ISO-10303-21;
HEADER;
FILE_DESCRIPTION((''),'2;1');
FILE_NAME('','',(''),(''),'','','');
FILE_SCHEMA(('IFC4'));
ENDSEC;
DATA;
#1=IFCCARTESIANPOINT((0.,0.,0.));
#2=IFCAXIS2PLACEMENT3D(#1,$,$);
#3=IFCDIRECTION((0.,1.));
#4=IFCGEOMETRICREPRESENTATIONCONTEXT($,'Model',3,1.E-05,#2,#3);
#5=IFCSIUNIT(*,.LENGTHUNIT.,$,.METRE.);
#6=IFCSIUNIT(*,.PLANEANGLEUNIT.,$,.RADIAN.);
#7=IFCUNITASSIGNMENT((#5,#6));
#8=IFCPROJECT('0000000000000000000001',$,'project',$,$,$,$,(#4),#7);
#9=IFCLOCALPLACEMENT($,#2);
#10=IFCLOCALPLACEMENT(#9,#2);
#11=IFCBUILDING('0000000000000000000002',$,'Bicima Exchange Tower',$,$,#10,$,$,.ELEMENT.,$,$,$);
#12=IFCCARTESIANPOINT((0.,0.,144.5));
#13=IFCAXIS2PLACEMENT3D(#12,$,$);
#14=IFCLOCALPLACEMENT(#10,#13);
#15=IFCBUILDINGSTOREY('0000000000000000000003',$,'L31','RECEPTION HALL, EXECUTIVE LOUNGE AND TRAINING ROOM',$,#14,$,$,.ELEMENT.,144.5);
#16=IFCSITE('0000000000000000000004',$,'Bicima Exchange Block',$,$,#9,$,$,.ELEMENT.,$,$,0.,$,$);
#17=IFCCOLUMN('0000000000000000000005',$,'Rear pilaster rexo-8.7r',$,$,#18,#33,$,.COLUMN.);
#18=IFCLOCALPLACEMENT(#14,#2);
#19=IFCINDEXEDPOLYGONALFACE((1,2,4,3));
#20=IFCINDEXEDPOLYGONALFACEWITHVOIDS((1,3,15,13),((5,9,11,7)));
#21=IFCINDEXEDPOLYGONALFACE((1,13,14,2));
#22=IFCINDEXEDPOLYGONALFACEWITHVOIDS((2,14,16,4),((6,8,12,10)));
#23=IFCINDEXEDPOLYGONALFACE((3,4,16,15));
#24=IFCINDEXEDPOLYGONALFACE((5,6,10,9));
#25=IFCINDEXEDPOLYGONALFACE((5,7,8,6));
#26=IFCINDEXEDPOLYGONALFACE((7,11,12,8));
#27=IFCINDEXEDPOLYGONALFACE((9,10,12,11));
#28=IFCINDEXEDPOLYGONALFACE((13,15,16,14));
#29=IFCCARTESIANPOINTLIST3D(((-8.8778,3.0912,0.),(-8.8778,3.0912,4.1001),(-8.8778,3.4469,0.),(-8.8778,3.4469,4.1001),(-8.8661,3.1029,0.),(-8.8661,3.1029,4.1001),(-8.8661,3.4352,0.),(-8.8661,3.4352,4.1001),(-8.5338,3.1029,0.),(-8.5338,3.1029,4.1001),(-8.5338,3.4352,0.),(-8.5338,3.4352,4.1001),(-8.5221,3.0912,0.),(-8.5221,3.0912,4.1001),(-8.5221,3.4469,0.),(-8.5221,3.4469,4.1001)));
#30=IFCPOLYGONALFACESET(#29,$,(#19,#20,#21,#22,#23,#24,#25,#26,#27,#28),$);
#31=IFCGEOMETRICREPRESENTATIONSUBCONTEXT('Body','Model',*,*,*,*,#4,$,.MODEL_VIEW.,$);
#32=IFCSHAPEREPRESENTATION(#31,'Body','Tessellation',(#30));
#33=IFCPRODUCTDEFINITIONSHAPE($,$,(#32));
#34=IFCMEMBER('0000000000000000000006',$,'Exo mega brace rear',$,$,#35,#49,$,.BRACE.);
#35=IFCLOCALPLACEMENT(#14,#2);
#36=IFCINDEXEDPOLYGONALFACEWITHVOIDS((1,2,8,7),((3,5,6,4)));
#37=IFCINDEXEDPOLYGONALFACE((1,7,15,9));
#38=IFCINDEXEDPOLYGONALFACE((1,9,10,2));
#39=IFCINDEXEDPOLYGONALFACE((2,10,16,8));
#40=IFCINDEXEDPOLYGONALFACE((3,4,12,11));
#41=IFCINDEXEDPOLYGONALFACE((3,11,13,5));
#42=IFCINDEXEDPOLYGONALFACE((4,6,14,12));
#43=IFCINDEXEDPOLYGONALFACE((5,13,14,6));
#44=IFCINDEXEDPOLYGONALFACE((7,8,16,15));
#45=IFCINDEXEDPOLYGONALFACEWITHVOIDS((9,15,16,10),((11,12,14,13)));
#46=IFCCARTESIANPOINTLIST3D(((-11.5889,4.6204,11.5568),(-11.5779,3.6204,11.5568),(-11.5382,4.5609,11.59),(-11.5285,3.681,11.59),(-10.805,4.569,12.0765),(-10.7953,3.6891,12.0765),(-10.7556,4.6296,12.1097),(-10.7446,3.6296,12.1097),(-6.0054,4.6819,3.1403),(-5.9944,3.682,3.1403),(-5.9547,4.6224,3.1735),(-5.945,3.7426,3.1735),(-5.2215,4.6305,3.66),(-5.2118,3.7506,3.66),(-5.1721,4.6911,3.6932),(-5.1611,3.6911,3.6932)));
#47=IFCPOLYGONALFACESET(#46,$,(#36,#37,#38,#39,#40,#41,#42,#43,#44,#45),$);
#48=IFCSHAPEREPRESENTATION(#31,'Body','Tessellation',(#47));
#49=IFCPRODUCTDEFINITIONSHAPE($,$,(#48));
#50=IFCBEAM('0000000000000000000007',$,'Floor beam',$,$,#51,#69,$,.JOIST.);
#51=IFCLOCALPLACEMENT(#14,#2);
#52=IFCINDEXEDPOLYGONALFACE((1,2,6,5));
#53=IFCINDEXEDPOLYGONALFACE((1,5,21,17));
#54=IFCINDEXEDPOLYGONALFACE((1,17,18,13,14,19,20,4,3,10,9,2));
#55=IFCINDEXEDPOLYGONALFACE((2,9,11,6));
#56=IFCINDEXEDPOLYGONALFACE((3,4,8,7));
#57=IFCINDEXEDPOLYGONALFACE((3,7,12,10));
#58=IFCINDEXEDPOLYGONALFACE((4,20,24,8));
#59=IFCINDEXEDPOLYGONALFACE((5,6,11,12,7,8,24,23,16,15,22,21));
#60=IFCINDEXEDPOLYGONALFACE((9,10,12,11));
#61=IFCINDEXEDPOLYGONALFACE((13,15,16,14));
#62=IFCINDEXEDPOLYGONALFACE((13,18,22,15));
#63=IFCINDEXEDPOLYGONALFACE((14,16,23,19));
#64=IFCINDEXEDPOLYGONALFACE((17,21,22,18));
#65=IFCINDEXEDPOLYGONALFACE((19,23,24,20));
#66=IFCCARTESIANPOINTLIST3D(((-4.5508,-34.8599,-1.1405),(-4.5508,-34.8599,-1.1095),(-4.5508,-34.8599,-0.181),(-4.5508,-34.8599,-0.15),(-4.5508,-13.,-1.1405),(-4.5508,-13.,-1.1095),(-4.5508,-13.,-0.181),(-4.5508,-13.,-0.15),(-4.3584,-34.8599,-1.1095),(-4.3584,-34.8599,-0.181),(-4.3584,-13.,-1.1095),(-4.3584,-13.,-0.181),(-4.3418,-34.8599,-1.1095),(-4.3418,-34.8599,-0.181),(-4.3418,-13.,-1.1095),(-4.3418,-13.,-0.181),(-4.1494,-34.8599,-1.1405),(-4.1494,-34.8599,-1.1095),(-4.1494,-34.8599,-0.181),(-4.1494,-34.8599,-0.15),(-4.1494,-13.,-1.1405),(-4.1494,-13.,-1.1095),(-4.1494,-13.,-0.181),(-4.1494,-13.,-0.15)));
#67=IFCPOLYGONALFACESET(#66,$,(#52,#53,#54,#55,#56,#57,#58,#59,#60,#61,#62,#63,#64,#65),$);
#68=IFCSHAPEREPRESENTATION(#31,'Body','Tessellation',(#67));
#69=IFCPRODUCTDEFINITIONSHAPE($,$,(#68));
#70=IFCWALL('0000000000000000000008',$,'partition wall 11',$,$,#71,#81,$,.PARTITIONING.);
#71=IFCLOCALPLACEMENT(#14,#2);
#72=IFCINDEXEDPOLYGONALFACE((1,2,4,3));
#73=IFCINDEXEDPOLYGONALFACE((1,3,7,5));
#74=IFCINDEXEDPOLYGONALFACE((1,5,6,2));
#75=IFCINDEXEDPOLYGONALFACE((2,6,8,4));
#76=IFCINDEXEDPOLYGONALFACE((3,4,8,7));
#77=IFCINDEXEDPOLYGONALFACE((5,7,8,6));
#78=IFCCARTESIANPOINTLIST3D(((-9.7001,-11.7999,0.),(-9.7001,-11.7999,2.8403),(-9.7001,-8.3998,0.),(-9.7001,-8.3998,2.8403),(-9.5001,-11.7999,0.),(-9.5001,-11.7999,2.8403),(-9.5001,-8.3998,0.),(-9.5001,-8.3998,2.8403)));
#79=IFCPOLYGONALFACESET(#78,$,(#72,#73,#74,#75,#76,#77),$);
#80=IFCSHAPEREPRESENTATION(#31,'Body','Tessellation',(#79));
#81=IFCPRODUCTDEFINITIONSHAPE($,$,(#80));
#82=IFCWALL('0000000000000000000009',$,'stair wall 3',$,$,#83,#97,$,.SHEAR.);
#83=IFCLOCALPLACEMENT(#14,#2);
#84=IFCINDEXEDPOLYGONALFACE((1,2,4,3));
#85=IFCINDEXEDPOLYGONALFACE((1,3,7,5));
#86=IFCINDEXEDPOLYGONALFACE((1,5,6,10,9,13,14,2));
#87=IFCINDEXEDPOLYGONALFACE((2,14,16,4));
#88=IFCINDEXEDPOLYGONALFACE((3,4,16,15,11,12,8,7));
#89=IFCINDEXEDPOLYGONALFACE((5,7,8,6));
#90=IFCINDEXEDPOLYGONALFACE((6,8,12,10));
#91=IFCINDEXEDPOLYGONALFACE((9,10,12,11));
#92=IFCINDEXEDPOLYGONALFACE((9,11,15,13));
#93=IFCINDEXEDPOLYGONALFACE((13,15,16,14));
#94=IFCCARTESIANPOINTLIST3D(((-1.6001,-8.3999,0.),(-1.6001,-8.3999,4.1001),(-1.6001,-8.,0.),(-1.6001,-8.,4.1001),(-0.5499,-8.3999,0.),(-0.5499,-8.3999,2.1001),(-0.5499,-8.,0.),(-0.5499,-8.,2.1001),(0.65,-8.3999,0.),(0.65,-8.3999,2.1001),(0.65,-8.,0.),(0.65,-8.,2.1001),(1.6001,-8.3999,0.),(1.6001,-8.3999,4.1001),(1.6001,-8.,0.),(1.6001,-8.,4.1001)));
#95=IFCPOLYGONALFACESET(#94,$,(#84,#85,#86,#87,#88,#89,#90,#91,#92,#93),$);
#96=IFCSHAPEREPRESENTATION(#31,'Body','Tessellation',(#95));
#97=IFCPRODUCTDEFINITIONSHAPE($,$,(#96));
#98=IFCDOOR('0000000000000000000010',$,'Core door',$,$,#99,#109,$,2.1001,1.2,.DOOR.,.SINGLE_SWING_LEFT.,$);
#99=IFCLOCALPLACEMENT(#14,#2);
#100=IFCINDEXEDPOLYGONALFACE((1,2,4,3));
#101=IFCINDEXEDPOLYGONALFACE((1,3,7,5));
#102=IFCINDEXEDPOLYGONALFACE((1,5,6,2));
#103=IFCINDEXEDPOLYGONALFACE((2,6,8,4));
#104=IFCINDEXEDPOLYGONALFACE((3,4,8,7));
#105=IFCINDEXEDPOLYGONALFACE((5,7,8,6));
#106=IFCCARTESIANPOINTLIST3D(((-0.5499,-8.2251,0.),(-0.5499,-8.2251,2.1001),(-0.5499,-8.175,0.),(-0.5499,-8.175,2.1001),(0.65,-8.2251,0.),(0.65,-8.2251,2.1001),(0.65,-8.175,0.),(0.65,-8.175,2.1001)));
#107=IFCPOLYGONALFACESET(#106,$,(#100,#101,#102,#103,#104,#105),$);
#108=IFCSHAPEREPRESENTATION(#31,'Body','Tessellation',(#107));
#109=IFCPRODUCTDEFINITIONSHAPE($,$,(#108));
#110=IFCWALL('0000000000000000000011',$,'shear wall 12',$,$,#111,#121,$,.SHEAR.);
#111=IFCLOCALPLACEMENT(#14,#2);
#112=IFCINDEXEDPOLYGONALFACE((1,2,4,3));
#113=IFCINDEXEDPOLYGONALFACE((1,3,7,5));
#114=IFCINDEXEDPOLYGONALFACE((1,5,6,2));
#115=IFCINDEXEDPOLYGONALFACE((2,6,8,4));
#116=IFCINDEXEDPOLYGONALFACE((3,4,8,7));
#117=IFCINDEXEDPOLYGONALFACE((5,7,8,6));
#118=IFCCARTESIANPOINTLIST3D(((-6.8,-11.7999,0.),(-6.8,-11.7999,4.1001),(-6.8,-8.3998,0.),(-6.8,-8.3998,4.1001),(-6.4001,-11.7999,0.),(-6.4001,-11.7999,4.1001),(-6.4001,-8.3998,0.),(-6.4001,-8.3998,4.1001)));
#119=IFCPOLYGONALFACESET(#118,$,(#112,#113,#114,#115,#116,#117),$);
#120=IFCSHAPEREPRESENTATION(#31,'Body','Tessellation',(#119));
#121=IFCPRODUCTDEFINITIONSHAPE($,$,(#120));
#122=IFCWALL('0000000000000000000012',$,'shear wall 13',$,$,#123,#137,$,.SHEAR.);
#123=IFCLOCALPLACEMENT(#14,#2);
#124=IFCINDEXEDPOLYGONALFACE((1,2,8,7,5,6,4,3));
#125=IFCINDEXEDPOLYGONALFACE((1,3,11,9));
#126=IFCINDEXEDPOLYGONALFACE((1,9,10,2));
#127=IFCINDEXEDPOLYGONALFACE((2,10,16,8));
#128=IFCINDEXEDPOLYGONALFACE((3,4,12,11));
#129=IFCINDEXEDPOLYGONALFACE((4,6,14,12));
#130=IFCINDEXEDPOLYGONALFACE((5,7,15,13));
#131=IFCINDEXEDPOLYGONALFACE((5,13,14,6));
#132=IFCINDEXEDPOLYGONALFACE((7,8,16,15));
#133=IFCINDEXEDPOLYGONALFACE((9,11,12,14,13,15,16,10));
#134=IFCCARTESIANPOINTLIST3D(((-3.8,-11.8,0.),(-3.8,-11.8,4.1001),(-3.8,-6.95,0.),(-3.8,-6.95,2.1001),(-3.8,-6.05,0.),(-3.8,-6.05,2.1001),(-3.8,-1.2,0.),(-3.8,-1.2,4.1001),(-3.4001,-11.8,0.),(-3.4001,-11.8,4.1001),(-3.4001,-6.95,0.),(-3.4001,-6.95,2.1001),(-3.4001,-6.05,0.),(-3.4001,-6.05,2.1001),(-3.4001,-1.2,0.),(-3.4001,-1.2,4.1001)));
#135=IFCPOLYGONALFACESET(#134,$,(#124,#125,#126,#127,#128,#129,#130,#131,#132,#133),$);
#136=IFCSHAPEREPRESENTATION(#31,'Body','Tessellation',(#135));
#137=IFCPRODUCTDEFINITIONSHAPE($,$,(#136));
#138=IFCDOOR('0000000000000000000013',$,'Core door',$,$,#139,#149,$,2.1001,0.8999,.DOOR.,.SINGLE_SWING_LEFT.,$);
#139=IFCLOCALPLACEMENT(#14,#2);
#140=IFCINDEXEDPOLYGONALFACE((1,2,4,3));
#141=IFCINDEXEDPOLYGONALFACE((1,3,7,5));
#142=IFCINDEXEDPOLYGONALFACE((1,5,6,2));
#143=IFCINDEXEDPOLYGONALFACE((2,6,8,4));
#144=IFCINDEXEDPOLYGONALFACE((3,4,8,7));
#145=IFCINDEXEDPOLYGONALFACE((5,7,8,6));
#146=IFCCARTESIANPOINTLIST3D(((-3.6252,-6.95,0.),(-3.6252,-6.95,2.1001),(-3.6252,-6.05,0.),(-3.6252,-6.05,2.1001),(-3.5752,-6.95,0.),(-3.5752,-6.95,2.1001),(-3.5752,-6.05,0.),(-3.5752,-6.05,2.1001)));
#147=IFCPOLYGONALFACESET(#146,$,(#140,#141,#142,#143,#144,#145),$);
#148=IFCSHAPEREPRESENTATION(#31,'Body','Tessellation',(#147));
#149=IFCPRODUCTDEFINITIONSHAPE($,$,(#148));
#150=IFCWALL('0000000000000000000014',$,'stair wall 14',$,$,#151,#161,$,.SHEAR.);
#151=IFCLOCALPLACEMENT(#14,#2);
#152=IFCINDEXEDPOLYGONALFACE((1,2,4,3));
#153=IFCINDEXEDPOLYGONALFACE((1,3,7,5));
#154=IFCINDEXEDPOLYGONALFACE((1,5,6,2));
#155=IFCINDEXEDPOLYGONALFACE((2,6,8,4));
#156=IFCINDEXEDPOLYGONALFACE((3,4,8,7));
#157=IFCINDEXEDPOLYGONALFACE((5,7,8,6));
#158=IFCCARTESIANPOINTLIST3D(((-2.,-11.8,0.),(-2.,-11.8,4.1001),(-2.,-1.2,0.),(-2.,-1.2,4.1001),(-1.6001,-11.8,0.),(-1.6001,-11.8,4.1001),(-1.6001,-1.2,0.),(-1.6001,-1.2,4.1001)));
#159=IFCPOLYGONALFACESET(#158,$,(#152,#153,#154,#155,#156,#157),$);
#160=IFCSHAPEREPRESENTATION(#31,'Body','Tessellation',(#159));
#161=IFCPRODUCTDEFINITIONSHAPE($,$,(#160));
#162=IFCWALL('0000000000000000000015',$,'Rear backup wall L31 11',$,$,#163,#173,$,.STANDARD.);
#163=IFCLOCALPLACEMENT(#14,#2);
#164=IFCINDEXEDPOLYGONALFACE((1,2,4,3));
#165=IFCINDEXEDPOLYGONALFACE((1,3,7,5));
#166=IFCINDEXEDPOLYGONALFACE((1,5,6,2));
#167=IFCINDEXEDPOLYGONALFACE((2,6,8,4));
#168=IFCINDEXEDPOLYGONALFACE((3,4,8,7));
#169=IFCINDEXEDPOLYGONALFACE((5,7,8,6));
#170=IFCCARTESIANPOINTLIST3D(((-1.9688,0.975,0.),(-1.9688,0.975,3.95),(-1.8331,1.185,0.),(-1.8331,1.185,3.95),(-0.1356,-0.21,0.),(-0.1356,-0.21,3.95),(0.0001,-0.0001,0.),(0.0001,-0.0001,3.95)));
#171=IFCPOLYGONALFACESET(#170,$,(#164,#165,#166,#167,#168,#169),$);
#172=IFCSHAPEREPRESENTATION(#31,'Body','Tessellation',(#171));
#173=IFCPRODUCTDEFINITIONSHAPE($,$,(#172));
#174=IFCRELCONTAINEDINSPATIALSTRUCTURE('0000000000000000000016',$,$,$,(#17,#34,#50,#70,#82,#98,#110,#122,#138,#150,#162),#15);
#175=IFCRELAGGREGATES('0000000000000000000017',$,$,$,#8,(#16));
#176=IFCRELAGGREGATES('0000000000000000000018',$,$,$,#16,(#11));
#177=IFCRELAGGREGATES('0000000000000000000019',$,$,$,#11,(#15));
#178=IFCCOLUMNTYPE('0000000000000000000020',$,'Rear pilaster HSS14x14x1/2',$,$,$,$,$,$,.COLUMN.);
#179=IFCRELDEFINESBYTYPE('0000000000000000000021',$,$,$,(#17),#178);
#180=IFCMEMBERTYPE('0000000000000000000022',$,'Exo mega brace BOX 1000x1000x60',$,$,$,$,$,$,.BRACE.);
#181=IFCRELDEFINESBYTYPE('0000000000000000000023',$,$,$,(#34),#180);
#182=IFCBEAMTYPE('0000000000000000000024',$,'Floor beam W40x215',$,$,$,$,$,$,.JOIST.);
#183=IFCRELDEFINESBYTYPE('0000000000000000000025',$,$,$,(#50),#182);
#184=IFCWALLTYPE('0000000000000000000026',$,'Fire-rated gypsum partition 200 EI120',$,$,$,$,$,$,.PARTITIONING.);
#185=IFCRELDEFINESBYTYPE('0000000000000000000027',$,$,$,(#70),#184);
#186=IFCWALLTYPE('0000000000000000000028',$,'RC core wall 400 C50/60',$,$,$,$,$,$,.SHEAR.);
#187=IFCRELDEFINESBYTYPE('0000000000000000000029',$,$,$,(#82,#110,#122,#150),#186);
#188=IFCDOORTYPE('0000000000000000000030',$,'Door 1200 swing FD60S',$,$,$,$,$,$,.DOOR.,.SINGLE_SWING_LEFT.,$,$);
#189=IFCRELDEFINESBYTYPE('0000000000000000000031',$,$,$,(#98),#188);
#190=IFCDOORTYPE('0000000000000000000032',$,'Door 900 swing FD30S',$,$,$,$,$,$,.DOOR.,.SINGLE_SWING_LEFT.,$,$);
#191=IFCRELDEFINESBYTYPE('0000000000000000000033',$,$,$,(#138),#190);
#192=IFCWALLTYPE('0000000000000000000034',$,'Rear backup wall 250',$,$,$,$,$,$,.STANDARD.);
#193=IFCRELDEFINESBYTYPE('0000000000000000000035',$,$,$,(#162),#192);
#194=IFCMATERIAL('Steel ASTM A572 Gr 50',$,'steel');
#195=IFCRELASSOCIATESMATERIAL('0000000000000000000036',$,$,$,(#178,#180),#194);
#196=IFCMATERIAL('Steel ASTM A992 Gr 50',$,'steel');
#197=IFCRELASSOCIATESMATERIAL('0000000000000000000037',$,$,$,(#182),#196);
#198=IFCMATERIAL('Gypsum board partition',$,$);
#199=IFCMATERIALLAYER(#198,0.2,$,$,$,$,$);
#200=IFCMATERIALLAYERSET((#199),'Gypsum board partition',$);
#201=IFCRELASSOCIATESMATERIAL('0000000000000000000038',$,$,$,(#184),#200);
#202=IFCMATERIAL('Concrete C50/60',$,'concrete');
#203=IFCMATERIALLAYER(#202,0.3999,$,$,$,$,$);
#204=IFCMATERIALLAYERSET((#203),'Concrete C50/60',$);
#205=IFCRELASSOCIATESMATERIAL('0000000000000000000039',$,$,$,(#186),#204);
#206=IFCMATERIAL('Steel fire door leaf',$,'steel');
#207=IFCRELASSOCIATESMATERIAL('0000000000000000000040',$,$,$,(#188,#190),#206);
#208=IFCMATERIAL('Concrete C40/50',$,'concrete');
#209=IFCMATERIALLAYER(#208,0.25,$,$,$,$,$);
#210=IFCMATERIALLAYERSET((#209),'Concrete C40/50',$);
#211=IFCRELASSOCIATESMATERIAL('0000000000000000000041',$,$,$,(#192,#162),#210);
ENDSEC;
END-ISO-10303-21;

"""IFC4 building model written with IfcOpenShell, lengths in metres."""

from ifc_helpers import new_model, si_unit, direction, frame, frame_2d, origin, origin_2d, place, context, subcontext, project, spatial, rectangle, hollow_rectangle, i_section, extrude, material, layer, layer_set, layer_usage, material_profile, profile_set, type_object, element, fill, save


model = new_model("IFC4")

# Units and contexts
model_context = context("Model", 3, precision=1e-05, world=origin(), true_north=direction((0.0, 1.0)))
body_context = subcontext(model_context, "Body", "Model", "MODEL_VIEW")
ifc_project = project(units=[si_unit("LENGTHUNIT", "METRE"), si_unit("PLANEANGLEUNIT", "RADIAN")], contexts=[model_context])

# Site, building, storey
site_placement = place(None, origin())
site = spatial("IfcSite", under=ifc_project, at=site_placement, Name="Bicima Exchange Block", CompositionType="ELEMENT", RefElevation=0.0)
building_placement = place(site_placement, origin())
building = spatial("IfcBuilding", under=site, at=building_placement, Name="Bicima Exchange Tower", CompositionType="ELEMENT")
storey_placement = place(building_placement, frame((0.0, 0.0, 144.5)))
storey = spatial("IfcBuildingStorey", under=building, at=storey_placement, Name="L31", Description="RECEPTION HALL, EXECUTIVE LOUNGE AND TRAINING ROOM", CompositionType="ELEMENT", Elevation=144.5)

# Column
ifc_material_1 = material(Name="Steel ASTM A572 Gr 50", Category="steel")
ifc_material_profile_1 = material_profile(ifc_material_1, hollow_rectangle(XDim=0.3557, YDim=0.3557, WallThickness=0.0117, at=origin_2d()))
ifc_profile_set_1 = profile_set([ifc_material_profile_1], Name="Steel ASTM A572 Gr 50")
column_type = type_object("IfcColumnType", Name="Rear pilaster HSS14x14x1/2", PredefinedType="COLUMN", material=ifc_profile_set_1)
column_placement = place(storey_placement, frame((-8.7, 3.269, 0.0), z_axis=(0.0, 0.0, 1.0), x_axis=(1.0, 0.0, 0.0)))
element("IfcColumn", 1, at=column_placement, inside=storey, type_object=column_type, Name="Rear pilaster rexo-8.7r", PredefinedType="COLUMN", context=body_context, shape_type="SweptSolid", body=[
    extrude(hollow_rectangle(XDim=0.3557, YDim=0.3557, WallThickness=0.0117, at=origin_2d()), origin(), (0.0, 0.0, 1.0), 4.1001),
])

# Member
ifc_material_profile_2 = material_profile(ifc_material_1, hollow_rectangle(XDim=1.0, YDim=1.0, WallThickness=0.0601, at=origin_2d()))
ifc_profile_set_2 = profile_set([ifc_material_profile_2], Name="Steel ASTM A572 Gr 50")
member_type = type_object("IfcMemberType", Name="Exo mega brace BOX 1000x1000x60", PredefinedType="BRACE", material=ifc_profile_set_2)
member_placement = place(storey_placement, frame((-5.5833, 4.1865, 3.4167), z_axis=(-0.552803, -0.006091, 0.83329), x_axis=(0.011018, -0.999939, 0.0)))
element("IfcMember", 2, at=member_placement, inside=storey, type_object=member_type, Name="Exo mega brace rear", PredefinedType="BRACE", context=body_context, shape_type="SweptSolid", body=[
    extrude(hollow_rectangle(XDim=1.0, YDim=1.0, WallThickness=0.0601, at=origin_2d()), origin(), (0.0, 0.0, 1.0), 10.1003),
])

# Beam
ifc_material_2 = material(Name="Steel ASTM A992 Gr 50", Category="steel")
ifc_material_profile_3 = material_profile(ifc_material_2, i_section(OverallWidth=0.4014, OverallDepth=0.9905, WebThickness=0.0166, FlangeThickness=0.031, at=origin_2d()))
ifc_profile_set_3 = profile_set([ifc_material_profile_3], Name="Steel ASTM A992 Gr 50")
beam_type = type_object("IfcBeamType", Name="Floor beam W40x215", PredefinedType="JOIST", material=ifc_profile_set_3)
beam_placement = place(storey_placement, frame((-4.3501, -13.0, -0.6453), z_axis=(0.0, -1.0, 0.0), x_axis=(1.0, 0.0, 0.0)))
element("IfcBeam", 3, at=beam_placement, inside=storey, type_object=beam_type, Name="Floor beam", PredefinedType="JOIST", context=body_context, shape_type="SweptSolid", body=[
    extrude(i_section(OverallWidth=0.4014, OverallDepth=0.9905, WebThickness=0.0166, FlangeThickness=0.031, at=origin_2d()), origin(), (0.0, 0.0, 1.0), 21.8599),
])

# Wall
ifc_material_3 = material(Name="Gypsum board partition")
ifc_layer_1 = layer(ifc_material_3, 0.2)
ifc_layer_set_1 = layer_set([ifc_layer_1], Name="Gypsum board partition")
wall_type_1 = type_object("IfcWallType", Name="Fire-rated gypsum partition 200 EI120", PredefinedType="PARTITIONING", material=ifc_layer_set_1)
wall_1_placement = place(storey_placement, frame((-9.6001, -11.8, 0.0), z_axis=(0.0, 0.0, 1.0), x_axis=(0.0, 1.0, 0.0)))
element("IfcWall", 4, at=wall_1_placement, inside=storey, type_object=wall_type_1, Name="partition wall 11", PredefinedType="PARTITIONING", context=body_context, shape_type="SweptSolid", body=[
    extrude(rectangle(XDim=3.4001, YDim=0.2, at=frame_2d((1.7002, 0.0))), origin(), (0.0, 0.0, 1.0), 2.8403),
])

# Wall, opening, door
ifc_material_4 = material(Name="Concrete C50/60", Category="concrete")
ifc_layer_2 = layer(ifc_material_4, 0.3999)
ifc_layer_set_2 = layer_set([ifc_layer_2], Name="Concrete C50/60")
wall_type_2 = type_object("IfcWallType", Name="RC core wall 400 C50/60", PredefinedType="SHEAR", material=ifc_layer_set_2)
wall_2_placement = place(storey_placement, frame((-1.6001, -8.2, 0.0), z_axis=(0.0, 0.0, 1.0), x_axis=(1.0, 0.0, 0.0)))
wall_2 = element("IfcWall", 5, at=wall_2_placement, inside=storey, type_object=wall_type_2, Name="stair wall 3", PredefinedType="SHEAR", context=body_context, shape_type="SweptSolid", body=[
    extrude(rectangle(XDim=3.2002, YDim=0.3999, at=frame_2d((1.6001, 0.0))), origin(), (0.0, 0.0, 1.0), 4.1001),
])
opening_1_placement = place(wall_2_placement, frame((1.05, 0.0, 0.0)))
opening_1 = element("IfcOpeningElement", 6, at=opening_1_placement, cuts=wall_2, PredefinedType="OPENING", context=body_context, shape_type="SweptSolid", body=[
    extrude(rectangle(XDim=1.2, YDim=2.1001, at=frame_2d((0.6001, 1.05))), frame((0.0, 0.2119, 0.0), z_axis=(0.0, -1.0, 0.0), x_axis=(1.0, 0.0, 0.0)), (0.0, 0.0, 1.0), 0.4238),
])
ifc_material_5 = material(Name="Steel fire door leaf", Category="steel")
door_type_1 = type_object("IfcDoorType", Name="Door 1200 swing FD60S", OperationType="SINGLE_SWING_LEFT", PredefinedType="DOOR", material=ifc_material_5)
door_1_placement = place(opening_1_placement, origin())
door_1 = element("IfcDoor", 7, at=door_1_placement, inside=storey, type_object=door_type_1, Name="Core door", OperationType="SINGLE_SWING_LEFT", OverallHeight=2.1001, OverallWidth=1.2, PredefinedType="DOOR", context=body_context, shape_type="SweptSolid", body=[
    extrude(rectangle(XDim=1.2, YDim=2.1001, at=frame_2d((0.6001, 1.05))), frame((0.0, 0.0249, 0.0), z_axis=(0.0, -1.0, 0.0), x_axis=(1.0, 0.0, 0.0)), (0.0, 0.0, 1.0), 0.05),
])
fill(opening_1, door_1)

# Wall
wall_3_placement = place(storey_placement, frame((-6.6001, -11.8, 0.0), z_axis=(0.0, 0.0, 1.0), x_axis=(0.0, 1.0, 0.0)))
element("IfcWall", 8, at=wall_3_placement, inside=storey, type_object=wall_type_2, Name="shear wall 12", PredefinedType="SHEAR", context=body_context, shape_type="SweptSolid", body=[
    extrude(rectangle(XDim=3.4001, YDim=0.3999, at=frame_2d((1.7002, 0.0))), origin(), (0.0, 0.0, 1.0), 4.1001),
])

# Wall, opening, door
wall_4_placement = place(storey_placement, frame((-3.6001, -11.8, 0.0), z_axis=(0.0, 0.0, 1.0), x_axis=(0.0, 1.0, 0.0)))
wall_4 = element("IfcWall", 9, at=wall_4_placement, inside=storey, type_object=wall_type_2, Name="shear wall 13", PredefinedType="SHEAR", context=body_context, shape_type="SweptSolid", body=[
    extrude(rectangle(XDim=10.6001, YDim=0.3999, at=frame_2d((5.3, 0.0))), origin(), (0.0, 0.0, 1.0), 4.1001),
])
opening_2_placement = place(wall_4_placement, frame((4.8501, 0.0, 0.0)))
opening_2 = element("IfcOpeningElement", 10, at=opening_2_placement, cuts=wall_4, PredefinedType="OPENING", context=body_context, shape_type="SweptSolid", body=[
    extrude(rectangle(XDim=0.8999, YDim=2.1001, at=frame_2d((0.45, 1.05))), frame((0.0, 0.2119, 0.0), z_axis=(0.0, -1.0, 0.0), x_axis=(1.0, 0.0, 0.0)), (0.0, 0.0, 1.0), 0.4238),
])
door_type_2 = type_object("IfcDoorType", Name="Door 900 swing FD30S", OperationType="SINGLE_SWING_LEFT", PredefinedType="DOOR", material=ifc_material_5)
door_2_placement = place(opening_2_placement, frame((0.8999, 0.0, 0.0), z_axis=(0.0, 0.0, 1.0), x_axis=(-1.0, 0.0, 0.0)))
door_2 = element("IfcDoor", 11, at=door_2_placement, inside=storey, type_object=door_type_2, Name="Core door", OperationType="SINGLE_SWING_LEFT", OverallHeight=2.1001, OverallWidth=0.8999, PredefinedType="DOOR", context=body_context, shape_type="SweptSolid", body=[
    extrude(rectangle(XDim=0.8999, YDim=2.1001, at=frame_2d((0.45, 1.05))), frame((0.0, 0.0249, 0.0), z_axis=(0.0, -1.0, 0.0), x_axis=(1.0, 0.0, 0.0)), (0.0, 0.0, 1.0), 0.05),
])
fill(opening_2, door_2)

# Walls
wall_5_placement = place(storey_placement, frame((-1.8, -11.8, 0.0), z_axis=(0.0, 0.0, 1.0), x_axis=(0.0, 1.0, 0.0)))
element("IfcWall", 12, at=wall_5_placement, inside=storey, type_object=wall_type_2, Name="stair wall 14", PredefinedType="SHEAR", context=body_context, shape_type="SweptSolid", body=[
    extrude(rectangle(XDim=10.6001, YDim=0.3999, at=frame_2d((5.3, 0.0))), origin(), (0.0, 0.0, 1.0), 4.1001),
])
ifc_material_6 = material(Name="Concrete C40/50", Category="concrete")
ifc_layer_3 = layer(ifc_material_6, 0.25)
ifc_layer_set_3 = layer_set([ifc_layer_3], Name="Concrete C40/50")
ifc_layer_usage = layer_usage(ifc_layer_set_3, "AXIS2", "POSITIVE", -0.125)
wall_type_3 = type_object("IfcWallType", Name="Rear backup wall 250", PredefinedType="STANDARD", material=ifc_layer_set_3)
wall_6_placement = place(storey_placement, frame((-0.0679, -0.105, 0.0), z_axis=(0.0, 0.0, 1.0), x_axis=(-0.839813, 0.542876, 0.0)))
element("IfcWall", 13, at=wall_6_placement, inside=storey, type_object=wall_type_3, material=ifc_layer_usage, Name="Rear backup wall L31 11", PredefinedType="STANDARD", context=body_context, shape_type="SweptSolid", body=[
    extrude(rectangle(XDim=2.1829, YDim=0.25, at=frame_2d((1.0913, 0.0))), origin(), (0.0, 0.0, 1.0), 3.95),
])

save(model, "model.ifc")
